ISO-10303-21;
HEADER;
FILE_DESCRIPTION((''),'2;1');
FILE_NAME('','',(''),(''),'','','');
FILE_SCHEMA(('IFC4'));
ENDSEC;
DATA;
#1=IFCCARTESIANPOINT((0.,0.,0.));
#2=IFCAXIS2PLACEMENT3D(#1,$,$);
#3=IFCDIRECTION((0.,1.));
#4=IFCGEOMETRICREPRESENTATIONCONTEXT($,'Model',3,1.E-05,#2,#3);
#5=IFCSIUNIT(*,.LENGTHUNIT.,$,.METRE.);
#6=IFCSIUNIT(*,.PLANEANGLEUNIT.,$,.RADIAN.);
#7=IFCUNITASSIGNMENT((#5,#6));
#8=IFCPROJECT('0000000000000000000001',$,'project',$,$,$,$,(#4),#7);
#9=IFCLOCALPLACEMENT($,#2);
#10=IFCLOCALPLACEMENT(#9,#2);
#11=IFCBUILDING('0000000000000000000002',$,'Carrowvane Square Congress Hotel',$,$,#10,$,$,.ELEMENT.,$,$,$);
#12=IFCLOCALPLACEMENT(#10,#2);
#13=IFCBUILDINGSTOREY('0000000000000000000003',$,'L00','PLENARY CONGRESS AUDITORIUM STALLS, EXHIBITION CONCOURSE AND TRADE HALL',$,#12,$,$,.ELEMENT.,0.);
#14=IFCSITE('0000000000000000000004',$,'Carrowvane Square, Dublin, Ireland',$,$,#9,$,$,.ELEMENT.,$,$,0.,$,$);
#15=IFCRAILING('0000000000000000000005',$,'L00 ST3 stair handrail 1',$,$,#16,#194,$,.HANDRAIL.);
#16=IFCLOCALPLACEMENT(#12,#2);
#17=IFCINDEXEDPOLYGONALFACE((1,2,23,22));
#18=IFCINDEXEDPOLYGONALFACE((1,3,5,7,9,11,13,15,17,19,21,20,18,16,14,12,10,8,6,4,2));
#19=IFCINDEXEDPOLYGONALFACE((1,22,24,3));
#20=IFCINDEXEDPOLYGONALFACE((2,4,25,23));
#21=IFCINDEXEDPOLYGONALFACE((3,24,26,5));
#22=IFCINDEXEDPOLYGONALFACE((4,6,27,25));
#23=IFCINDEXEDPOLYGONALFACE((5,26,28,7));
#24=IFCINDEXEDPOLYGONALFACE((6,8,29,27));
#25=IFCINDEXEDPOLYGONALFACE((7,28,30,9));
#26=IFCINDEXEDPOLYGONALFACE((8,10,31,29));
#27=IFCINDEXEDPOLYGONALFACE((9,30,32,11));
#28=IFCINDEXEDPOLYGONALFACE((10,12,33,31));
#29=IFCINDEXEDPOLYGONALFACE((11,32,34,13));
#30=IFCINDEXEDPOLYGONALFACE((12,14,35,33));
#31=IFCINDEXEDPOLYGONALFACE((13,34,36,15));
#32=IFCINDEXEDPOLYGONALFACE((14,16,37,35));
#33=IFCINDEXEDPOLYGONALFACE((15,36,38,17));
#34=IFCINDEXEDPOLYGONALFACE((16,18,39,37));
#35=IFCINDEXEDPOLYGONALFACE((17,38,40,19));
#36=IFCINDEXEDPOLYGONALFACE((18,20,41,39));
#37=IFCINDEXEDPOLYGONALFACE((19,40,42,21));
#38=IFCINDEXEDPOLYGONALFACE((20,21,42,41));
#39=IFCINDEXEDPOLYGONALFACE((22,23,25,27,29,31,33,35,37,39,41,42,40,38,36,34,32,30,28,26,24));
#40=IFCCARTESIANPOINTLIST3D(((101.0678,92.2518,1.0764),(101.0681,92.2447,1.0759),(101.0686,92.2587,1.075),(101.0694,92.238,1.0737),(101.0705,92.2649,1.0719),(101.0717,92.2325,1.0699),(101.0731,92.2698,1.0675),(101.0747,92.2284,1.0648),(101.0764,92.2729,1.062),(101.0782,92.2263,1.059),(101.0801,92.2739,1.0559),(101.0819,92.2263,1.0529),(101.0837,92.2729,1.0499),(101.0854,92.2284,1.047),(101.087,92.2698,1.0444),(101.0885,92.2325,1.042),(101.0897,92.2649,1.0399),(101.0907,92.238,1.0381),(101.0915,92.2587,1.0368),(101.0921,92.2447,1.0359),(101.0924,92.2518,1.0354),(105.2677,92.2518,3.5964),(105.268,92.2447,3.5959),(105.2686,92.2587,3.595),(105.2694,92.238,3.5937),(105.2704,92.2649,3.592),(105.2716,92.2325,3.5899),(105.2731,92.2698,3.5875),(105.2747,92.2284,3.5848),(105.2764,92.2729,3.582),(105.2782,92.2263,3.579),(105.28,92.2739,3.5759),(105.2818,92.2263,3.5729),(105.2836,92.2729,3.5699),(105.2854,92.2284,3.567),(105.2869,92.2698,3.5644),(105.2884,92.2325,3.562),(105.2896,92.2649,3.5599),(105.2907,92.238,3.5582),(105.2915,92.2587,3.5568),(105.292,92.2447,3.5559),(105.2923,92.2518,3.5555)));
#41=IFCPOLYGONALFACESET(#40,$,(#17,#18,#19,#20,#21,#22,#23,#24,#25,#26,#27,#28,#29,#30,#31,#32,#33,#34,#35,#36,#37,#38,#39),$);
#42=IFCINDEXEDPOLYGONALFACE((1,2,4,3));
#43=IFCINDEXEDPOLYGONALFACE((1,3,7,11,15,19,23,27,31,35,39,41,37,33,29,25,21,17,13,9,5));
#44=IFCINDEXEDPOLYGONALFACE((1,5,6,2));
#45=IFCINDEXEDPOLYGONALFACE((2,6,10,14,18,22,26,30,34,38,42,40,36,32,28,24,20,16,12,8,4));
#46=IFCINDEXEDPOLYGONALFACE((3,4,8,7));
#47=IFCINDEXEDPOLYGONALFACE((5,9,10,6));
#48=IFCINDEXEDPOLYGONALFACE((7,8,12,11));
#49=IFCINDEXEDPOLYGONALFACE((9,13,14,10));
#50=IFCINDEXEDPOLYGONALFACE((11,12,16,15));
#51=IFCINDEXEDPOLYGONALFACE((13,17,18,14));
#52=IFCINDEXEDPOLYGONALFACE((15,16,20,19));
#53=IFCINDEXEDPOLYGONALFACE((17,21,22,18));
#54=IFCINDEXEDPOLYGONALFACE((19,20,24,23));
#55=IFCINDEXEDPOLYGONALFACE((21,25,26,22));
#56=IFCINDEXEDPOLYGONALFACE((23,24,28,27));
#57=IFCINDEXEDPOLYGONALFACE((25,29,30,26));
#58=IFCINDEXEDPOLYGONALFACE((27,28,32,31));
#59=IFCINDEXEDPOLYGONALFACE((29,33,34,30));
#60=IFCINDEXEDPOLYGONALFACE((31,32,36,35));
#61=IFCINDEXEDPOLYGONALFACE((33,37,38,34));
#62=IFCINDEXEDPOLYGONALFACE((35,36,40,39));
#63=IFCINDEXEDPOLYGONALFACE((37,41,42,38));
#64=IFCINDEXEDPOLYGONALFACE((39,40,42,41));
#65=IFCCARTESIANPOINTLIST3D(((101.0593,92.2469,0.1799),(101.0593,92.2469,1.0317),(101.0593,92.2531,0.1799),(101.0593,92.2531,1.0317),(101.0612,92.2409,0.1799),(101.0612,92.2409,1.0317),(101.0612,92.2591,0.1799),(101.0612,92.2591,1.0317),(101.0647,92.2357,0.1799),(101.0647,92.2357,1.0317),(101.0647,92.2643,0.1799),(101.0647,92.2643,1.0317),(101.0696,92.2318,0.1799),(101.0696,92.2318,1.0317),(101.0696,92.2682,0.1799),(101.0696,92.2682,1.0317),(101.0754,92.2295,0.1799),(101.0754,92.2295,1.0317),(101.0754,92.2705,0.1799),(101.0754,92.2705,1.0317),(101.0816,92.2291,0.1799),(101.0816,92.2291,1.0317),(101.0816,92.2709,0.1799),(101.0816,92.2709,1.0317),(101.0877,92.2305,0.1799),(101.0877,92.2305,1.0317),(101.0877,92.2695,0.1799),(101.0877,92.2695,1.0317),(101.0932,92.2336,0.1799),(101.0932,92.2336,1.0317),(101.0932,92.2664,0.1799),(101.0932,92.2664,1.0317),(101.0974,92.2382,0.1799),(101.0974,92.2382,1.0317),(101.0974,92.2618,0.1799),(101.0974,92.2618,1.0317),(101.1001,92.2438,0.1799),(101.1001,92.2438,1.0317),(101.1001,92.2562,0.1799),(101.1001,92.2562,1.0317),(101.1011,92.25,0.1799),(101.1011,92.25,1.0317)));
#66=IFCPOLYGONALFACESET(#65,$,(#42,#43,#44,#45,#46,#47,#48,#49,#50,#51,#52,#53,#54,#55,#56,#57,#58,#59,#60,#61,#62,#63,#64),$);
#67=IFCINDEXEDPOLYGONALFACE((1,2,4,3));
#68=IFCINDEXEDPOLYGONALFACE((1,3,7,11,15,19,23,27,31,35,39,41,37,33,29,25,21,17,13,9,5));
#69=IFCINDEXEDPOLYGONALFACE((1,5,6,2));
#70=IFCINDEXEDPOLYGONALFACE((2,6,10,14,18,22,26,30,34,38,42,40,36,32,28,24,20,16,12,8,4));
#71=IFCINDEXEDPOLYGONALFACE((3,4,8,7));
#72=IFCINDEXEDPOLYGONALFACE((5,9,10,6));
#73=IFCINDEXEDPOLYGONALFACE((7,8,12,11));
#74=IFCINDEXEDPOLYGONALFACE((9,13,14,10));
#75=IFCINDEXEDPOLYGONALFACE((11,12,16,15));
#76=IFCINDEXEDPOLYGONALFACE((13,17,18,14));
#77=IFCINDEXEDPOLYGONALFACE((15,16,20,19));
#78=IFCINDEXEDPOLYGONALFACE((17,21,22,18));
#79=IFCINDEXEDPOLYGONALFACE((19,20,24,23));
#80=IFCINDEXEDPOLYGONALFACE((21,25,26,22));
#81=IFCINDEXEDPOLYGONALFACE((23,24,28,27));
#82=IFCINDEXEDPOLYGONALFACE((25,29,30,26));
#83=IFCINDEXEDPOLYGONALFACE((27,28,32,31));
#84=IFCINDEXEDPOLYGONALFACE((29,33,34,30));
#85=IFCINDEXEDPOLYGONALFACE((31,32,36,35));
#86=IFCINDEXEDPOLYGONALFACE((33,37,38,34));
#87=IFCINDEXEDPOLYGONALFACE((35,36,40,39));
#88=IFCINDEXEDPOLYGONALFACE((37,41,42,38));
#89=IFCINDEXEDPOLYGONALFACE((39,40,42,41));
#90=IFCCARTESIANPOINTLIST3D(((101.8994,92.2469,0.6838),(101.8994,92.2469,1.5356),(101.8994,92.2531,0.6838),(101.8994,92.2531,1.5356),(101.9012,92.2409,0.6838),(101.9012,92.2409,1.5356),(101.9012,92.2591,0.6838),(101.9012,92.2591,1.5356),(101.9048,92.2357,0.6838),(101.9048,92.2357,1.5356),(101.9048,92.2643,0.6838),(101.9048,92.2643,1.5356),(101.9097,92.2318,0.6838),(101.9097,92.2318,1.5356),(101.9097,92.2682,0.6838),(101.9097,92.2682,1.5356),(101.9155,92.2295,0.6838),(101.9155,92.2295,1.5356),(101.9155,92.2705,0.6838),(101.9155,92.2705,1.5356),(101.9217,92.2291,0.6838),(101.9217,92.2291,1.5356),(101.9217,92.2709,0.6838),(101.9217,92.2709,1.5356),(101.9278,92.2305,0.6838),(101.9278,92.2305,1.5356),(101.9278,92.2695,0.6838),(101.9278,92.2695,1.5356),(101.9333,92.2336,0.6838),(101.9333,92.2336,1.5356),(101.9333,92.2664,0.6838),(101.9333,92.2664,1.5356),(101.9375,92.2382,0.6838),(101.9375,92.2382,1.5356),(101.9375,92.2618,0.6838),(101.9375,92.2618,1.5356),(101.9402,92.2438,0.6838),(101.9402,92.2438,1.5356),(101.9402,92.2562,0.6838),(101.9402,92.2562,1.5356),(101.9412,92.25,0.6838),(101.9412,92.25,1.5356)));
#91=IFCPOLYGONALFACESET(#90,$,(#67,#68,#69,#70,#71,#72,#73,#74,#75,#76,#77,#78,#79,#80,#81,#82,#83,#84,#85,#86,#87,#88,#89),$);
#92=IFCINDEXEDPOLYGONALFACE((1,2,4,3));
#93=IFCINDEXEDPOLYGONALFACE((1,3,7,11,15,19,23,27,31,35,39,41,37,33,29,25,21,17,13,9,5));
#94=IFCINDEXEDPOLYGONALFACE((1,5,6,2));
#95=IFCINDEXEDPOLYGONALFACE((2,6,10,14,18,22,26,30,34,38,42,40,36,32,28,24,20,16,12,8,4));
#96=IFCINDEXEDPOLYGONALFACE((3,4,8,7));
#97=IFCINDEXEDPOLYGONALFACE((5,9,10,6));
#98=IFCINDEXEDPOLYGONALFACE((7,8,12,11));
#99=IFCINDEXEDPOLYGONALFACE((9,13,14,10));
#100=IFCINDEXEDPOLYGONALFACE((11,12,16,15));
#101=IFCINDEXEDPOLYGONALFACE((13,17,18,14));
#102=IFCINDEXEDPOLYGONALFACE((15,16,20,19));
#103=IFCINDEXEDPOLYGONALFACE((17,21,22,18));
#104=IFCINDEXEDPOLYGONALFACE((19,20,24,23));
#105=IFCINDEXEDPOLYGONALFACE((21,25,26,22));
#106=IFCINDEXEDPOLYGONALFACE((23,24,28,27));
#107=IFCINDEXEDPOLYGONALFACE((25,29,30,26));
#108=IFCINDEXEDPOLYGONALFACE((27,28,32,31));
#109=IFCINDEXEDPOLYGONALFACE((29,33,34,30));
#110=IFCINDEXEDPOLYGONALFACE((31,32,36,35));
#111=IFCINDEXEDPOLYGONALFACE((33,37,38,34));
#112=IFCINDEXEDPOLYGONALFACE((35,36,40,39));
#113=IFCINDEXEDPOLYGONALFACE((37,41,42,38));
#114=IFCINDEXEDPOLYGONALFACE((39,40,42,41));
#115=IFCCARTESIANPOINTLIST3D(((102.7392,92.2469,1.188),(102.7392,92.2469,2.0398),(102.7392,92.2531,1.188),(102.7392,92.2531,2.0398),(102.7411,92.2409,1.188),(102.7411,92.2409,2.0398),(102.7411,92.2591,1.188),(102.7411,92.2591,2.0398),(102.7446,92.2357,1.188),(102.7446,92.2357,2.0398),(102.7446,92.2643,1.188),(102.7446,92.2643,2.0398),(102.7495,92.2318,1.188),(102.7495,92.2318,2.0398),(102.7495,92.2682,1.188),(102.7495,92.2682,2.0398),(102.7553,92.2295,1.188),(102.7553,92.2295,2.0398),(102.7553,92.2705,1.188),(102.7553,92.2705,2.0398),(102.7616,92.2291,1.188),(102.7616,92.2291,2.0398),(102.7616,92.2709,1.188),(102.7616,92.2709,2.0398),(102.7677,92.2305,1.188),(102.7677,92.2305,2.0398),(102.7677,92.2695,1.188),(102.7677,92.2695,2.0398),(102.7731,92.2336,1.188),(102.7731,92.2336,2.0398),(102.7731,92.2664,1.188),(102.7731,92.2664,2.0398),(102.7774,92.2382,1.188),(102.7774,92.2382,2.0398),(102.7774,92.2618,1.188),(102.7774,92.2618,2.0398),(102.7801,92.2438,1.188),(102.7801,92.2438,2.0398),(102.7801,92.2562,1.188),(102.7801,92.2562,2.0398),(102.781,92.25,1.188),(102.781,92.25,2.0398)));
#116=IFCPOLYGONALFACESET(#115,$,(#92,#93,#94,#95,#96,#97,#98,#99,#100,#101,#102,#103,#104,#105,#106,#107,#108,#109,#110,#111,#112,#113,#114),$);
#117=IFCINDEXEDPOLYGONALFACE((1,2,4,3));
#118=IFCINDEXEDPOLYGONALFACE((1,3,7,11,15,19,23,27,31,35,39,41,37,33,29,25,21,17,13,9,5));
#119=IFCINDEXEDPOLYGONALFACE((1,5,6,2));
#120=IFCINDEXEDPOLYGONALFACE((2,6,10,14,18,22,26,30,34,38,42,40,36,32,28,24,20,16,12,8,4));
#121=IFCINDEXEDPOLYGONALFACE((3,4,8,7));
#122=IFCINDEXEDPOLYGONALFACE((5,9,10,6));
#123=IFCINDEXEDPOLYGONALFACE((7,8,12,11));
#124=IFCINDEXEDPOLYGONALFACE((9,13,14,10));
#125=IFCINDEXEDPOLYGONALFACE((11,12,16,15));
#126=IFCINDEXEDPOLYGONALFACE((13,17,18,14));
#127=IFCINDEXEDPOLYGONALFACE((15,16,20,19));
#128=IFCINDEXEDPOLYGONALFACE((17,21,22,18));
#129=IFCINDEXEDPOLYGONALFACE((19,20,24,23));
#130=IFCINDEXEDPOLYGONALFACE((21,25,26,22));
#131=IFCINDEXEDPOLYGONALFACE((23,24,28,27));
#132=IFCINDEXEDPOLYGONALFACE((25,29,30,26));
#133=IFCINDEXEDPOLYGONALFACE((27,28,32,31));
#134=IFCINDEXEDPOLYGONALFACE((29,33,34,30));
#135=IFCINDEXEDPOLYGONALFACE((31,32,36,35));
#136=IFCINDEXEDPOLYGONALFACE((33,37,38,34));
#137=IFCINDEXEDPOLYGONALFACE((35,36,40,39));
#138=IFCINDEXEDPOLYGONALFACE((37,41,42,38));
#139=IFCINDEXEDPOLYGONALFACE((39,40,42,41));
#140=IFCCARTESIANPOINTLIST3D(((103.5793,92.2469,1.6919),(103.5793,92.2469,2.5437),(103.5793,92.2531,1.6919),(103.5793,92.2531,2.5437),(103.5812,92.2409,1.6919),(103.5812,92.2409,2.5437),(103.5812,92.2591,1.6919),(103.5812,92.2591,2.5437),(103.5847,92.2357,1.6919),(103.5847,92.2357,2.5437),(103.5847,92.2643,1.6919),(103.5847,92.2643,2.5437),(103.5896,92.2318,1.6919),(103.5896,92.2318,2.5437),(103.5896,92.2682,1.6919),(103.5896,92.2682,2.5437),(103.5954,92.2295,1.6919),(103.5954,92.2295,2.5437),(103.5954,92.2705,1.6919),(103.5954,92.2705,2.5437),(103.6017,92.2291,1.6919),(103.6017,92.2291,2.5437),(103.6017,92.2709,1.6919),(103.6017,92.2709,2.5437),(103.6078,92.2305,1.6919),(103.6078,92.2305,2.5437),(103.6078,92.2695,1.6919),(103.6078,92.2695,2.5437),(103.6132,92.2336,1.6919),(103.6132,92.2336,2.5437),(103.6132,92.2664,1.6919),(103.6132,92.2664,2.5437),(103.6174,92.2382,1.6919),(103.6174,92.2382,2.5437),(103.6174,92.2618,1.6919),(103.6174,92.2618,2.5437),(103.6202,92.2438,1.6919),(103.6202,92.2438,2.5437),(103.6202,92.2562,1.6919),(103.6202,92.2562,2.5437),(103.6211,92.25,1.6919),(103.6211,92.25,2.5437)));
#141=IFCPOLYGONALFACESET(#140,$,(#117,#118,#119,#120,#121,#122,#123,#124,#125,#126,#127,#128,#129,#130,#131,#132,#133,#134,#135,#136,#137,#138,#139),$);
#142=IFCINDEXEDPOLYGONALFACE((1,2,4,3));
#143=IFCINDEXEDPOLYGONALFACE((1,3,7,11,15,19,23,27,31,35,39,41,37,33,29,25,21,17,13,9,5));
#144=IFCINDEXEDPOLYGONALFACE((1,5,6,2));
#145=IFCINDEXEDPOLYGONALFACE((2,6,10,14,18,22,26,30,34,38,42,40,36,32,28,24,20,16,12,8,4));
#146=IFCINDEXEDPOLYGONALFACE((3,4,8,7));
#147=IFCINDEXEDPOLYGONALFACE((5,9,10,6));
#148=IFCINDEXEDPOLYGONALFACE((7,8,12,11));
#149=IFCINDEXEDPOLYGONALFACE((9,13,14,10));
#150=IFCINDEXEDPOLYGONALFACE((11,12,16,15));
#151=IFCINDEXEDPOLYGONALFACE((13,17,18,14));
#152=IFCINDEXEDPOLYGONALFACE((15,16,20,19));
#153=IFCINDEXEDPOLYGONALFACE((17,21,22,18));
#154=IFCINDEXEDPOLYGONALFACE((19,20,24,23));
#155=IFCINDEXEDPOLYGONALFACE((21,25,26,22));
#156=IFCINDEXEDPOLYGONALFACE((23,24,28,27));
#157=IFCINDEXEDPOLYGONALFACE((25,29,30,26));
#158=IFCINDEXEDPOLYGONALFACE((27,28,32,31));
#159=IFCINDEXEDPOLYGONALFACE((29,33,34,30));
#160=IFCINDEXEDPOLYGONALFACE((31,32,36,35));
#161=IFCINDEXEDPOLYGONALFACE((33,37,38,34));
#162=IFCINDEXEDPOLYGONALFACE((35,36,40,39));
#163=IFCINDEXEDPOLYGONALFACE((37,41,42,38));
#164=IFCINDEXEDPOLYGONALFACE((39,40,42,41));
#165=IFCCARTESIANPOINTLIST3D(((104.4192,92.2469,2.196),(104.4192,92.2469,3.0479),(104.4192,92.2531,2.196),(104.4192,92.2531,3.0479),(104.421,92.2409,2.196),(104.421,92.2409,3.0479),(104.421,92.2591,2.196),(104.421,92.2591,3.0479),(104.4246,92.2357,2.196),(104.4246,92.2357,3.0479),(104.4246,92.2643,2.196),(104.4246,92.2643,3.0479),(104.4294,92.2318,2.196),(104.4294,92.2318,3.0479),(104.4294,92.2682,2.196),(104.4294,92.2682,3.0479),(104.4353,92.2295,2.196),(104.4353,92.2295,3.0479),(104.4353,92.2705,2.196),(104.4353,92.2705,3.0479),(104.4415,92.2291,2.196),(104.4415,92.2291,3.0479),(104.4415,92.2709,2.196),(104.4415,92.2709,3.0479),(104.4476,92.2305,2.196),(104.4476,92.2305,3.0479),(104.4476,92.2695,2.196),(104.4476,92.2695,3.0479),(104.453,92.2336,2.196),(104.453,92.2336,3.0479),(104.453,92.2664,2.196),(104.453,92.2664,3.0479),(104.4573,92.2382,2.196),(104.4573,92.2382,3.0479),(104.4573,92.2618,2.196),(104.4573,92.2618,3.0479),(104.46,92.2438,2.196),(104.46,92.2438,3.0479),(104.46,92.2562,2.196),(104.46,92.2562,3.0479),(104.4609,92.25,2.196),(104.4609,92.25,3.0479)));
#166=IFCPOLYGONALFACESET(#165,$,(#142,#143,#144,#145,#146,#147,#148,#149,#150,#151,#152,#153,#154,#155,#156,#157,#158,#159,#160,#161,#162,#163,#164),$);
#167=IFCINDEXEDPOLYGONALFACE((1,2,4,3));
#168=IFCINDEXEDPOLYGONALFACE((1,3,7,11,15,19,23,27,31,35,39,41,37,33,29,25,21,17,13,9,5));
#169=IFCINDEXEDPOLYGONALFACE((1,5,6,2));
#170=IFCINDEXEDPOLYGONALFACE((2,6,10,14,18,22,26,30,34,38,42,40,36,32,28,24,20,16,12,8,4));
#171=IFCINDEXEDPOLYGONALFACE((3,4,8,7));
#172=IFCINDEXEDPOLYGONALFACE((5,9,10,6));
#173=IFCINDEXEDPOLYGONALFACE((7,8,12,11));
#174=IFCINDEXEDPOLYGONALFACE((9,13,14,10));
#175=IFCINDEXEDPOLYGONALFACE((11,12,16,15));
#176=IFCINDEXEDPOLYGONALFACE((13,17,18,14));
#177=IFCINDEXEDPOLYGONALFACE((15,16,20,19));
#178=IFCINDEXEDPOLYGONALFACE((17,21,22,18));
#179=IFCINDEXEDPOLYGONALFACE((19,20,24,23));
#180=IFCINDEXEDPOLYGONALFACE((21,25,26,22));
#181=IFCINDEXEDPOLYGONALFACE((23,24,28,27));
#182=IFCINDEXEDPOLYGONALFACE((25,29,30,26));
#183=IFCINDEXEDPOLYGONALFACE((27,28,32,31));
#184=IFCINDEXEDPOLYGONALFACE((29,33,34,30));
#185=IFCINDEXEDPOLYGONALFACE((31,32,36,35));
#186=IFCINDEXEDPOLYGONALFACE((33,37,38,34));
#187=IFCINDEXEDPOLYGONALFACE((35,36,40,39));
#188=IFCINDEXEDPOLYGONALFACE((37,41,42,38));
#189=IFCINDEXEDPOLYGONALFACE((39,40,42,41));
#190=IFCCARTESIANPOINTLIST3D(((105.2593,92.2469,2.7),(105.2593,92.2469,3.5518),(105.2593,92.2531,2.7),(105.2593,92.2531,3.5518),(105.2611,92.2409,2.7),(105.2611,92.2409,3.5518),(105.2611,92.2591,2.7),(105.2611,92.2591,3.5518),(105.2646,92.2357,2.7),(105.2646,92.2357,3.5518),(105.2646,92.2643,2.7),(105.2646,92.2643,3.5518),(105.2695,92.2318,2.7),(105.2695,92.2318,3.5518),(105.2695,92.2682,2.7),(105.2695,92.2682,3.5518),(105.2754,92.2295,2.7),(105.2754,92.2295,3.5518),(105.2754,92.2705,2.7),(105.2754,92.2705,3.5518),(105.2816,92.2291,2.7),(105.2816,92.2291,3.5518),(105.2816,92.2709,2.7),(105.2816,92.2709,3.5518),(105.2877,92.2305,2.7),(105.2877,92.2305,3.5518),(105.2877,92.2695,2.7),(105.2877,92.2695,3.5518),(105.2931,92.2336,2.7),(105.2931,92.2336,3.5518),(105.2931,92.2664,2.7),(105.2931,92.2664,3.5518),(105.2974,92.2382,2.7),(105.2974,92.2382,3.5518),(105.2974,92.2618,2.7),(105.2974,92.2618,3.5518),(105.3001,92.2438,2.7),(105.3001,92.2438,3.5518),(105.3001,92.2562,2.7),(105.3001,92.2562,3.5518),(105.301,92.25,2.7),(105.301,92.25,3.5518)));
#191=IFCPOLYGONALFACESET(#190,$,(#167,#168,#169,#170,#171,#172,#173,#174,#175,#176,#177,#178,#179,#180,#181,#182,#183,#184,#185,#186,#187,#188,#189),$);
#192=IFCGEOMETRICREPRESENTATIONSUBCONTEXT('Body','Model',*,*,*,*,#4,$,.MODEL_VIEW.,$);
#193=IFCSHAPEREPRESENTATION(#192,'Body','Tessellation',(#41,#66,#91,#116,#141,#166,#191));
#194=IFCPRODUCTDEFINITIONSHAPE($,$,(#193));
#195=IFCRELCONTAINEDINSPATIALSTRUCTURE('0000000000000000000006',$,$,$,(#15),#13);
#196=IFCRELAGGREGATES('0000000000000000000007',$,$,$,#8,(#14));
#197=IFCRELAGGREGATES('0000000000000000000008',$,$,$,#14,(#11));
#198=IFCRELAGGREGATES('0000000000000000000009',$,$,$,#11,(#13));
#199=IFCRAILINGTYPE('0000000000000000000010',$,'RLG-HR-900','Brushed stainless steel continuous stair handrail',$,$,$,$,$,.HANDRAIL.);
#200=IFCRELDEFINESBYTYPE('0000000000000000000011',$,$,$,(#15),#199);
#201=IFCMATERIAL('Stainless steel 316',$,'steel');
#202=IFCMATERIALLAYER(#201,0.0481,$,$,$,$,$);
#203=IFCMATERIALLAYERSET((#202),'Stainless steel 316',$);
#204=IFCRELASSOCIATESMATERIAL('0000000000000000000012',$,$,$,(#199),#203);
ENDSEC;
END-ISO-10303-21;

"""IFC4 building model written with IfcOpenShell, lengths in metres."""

from ifc_helpers import new_model, si_unit, direction, frame, origin, origin_2d, place, context, subcontext, project, spatial, circle, extrude, material, layer, layer_set, type_object, element, save


model = new_model("IFC4")

# Units and contexts
model_context = context("Model", 3, precision=1e-05, world=origin(), true_north=direction((0.0, 1.0)))
body_context = subcontext(model_context, "Body", "Model", "MODEL_VIEW")
ifc_project = project(units=[si_unit("LENGTHUNIT", "METRE"), si_unit("PLANEANGLEUNIT", "RADIAN")], contexts=[model_context])

# Site, building, storey
site_placement = place(None, origin())
site = spatial("IfcSite", under=ifc_project, at=site_placement, Name="Carrowvane Square, Dublin, Ireland", CompositionType="ELEMENT", RefElevation=0.0)
building_placement = place(site_placement, origin())
building = spatial("IfcBuilding", under=site, at=building_placement, Name="Carrowvane Square Congress Hotel", CompositionType="ELEMENT")
storey_placement = place(building_placement, origin())
storey = spatial("IfcBuildingStorey", under=building, at=storey_placement, Name="L00", Description="PLENARY CONGRESS AUDITORIUM STALLS, EXHIBITION CONCOURSE AND TRADE HALL", CompositionType="ELEMENT", Elevation=0.0)

# Railing
ifc_material_1 = material(Name="Stainless steel 316", Category="steel")
ifc_layer_1 = layer(ifc_material_1, 0.0481)
ifc_layer_set_1 = layer_set([ifc_layer_1], Name="Stainless steel 316")
railing_type_1 = type_object("IfcRailingType", Name="RLG-HR-900", Description="Brushed stainless steel continuous stair handrail", PredefinedType="HANDRAIL", material=ifc_layer_set_1)
railing_1_placement = place(storey_placement, frame((101.0801, 92.25, 0.1799)))
element("IfcRailing", 1, at=railing_1_placement, inside=storey, type_object=railing_type_1, Name="L00 ST3 stair handrail 1", PredefinedType="HANDRAIL", context=body_context, shape_type="SweptSolid", body=[
    extrude(circle(Radius=0.0239, at=origin_2d()), frame((0.0, 0.0, 0.876), z_axis=(0.857489, 0.0, 0.514503), x_axis=(0.0, 1.0, 0.0)), (0.0, 0.0, 1.0), 4.8979),
    extrude(circle(Radius=0.021, at=origin_2d()), origin(), (0.0, 0.0, 1.0), 0.8518),
    extrude(circle(Radius=0.021, at=origin_2d()), frame((0.8401, 0.0, 0.5039)), (0.0, 0.0, 1.0), 0.8518),
    extrude(circle(Radius=0.021, at=origin_2d()), frame((1.6799, 0.0, 1.0081)), (0.0, 0.0, 1.0), 0.8518),
    extrude(circle(Radius=0.021, at=origin_2d()), frame((2.52, 0.0, 1.512)), (0.0, 0.0, 1.0), 0.8518),
    extrude(circle(Radius=0.021, at=origin_2d()), frame((3.3599, 0.0, 2.0161)), (0.0, 0.0, 1.0), 0.8518),
    extrude(circle(Radius=0.021, at=origin_2d()), frame((4.2, 0.0, 2.52)), (0.0, 0.0, 1.0), 0.8518),
])

save(model, "model.ifc")
